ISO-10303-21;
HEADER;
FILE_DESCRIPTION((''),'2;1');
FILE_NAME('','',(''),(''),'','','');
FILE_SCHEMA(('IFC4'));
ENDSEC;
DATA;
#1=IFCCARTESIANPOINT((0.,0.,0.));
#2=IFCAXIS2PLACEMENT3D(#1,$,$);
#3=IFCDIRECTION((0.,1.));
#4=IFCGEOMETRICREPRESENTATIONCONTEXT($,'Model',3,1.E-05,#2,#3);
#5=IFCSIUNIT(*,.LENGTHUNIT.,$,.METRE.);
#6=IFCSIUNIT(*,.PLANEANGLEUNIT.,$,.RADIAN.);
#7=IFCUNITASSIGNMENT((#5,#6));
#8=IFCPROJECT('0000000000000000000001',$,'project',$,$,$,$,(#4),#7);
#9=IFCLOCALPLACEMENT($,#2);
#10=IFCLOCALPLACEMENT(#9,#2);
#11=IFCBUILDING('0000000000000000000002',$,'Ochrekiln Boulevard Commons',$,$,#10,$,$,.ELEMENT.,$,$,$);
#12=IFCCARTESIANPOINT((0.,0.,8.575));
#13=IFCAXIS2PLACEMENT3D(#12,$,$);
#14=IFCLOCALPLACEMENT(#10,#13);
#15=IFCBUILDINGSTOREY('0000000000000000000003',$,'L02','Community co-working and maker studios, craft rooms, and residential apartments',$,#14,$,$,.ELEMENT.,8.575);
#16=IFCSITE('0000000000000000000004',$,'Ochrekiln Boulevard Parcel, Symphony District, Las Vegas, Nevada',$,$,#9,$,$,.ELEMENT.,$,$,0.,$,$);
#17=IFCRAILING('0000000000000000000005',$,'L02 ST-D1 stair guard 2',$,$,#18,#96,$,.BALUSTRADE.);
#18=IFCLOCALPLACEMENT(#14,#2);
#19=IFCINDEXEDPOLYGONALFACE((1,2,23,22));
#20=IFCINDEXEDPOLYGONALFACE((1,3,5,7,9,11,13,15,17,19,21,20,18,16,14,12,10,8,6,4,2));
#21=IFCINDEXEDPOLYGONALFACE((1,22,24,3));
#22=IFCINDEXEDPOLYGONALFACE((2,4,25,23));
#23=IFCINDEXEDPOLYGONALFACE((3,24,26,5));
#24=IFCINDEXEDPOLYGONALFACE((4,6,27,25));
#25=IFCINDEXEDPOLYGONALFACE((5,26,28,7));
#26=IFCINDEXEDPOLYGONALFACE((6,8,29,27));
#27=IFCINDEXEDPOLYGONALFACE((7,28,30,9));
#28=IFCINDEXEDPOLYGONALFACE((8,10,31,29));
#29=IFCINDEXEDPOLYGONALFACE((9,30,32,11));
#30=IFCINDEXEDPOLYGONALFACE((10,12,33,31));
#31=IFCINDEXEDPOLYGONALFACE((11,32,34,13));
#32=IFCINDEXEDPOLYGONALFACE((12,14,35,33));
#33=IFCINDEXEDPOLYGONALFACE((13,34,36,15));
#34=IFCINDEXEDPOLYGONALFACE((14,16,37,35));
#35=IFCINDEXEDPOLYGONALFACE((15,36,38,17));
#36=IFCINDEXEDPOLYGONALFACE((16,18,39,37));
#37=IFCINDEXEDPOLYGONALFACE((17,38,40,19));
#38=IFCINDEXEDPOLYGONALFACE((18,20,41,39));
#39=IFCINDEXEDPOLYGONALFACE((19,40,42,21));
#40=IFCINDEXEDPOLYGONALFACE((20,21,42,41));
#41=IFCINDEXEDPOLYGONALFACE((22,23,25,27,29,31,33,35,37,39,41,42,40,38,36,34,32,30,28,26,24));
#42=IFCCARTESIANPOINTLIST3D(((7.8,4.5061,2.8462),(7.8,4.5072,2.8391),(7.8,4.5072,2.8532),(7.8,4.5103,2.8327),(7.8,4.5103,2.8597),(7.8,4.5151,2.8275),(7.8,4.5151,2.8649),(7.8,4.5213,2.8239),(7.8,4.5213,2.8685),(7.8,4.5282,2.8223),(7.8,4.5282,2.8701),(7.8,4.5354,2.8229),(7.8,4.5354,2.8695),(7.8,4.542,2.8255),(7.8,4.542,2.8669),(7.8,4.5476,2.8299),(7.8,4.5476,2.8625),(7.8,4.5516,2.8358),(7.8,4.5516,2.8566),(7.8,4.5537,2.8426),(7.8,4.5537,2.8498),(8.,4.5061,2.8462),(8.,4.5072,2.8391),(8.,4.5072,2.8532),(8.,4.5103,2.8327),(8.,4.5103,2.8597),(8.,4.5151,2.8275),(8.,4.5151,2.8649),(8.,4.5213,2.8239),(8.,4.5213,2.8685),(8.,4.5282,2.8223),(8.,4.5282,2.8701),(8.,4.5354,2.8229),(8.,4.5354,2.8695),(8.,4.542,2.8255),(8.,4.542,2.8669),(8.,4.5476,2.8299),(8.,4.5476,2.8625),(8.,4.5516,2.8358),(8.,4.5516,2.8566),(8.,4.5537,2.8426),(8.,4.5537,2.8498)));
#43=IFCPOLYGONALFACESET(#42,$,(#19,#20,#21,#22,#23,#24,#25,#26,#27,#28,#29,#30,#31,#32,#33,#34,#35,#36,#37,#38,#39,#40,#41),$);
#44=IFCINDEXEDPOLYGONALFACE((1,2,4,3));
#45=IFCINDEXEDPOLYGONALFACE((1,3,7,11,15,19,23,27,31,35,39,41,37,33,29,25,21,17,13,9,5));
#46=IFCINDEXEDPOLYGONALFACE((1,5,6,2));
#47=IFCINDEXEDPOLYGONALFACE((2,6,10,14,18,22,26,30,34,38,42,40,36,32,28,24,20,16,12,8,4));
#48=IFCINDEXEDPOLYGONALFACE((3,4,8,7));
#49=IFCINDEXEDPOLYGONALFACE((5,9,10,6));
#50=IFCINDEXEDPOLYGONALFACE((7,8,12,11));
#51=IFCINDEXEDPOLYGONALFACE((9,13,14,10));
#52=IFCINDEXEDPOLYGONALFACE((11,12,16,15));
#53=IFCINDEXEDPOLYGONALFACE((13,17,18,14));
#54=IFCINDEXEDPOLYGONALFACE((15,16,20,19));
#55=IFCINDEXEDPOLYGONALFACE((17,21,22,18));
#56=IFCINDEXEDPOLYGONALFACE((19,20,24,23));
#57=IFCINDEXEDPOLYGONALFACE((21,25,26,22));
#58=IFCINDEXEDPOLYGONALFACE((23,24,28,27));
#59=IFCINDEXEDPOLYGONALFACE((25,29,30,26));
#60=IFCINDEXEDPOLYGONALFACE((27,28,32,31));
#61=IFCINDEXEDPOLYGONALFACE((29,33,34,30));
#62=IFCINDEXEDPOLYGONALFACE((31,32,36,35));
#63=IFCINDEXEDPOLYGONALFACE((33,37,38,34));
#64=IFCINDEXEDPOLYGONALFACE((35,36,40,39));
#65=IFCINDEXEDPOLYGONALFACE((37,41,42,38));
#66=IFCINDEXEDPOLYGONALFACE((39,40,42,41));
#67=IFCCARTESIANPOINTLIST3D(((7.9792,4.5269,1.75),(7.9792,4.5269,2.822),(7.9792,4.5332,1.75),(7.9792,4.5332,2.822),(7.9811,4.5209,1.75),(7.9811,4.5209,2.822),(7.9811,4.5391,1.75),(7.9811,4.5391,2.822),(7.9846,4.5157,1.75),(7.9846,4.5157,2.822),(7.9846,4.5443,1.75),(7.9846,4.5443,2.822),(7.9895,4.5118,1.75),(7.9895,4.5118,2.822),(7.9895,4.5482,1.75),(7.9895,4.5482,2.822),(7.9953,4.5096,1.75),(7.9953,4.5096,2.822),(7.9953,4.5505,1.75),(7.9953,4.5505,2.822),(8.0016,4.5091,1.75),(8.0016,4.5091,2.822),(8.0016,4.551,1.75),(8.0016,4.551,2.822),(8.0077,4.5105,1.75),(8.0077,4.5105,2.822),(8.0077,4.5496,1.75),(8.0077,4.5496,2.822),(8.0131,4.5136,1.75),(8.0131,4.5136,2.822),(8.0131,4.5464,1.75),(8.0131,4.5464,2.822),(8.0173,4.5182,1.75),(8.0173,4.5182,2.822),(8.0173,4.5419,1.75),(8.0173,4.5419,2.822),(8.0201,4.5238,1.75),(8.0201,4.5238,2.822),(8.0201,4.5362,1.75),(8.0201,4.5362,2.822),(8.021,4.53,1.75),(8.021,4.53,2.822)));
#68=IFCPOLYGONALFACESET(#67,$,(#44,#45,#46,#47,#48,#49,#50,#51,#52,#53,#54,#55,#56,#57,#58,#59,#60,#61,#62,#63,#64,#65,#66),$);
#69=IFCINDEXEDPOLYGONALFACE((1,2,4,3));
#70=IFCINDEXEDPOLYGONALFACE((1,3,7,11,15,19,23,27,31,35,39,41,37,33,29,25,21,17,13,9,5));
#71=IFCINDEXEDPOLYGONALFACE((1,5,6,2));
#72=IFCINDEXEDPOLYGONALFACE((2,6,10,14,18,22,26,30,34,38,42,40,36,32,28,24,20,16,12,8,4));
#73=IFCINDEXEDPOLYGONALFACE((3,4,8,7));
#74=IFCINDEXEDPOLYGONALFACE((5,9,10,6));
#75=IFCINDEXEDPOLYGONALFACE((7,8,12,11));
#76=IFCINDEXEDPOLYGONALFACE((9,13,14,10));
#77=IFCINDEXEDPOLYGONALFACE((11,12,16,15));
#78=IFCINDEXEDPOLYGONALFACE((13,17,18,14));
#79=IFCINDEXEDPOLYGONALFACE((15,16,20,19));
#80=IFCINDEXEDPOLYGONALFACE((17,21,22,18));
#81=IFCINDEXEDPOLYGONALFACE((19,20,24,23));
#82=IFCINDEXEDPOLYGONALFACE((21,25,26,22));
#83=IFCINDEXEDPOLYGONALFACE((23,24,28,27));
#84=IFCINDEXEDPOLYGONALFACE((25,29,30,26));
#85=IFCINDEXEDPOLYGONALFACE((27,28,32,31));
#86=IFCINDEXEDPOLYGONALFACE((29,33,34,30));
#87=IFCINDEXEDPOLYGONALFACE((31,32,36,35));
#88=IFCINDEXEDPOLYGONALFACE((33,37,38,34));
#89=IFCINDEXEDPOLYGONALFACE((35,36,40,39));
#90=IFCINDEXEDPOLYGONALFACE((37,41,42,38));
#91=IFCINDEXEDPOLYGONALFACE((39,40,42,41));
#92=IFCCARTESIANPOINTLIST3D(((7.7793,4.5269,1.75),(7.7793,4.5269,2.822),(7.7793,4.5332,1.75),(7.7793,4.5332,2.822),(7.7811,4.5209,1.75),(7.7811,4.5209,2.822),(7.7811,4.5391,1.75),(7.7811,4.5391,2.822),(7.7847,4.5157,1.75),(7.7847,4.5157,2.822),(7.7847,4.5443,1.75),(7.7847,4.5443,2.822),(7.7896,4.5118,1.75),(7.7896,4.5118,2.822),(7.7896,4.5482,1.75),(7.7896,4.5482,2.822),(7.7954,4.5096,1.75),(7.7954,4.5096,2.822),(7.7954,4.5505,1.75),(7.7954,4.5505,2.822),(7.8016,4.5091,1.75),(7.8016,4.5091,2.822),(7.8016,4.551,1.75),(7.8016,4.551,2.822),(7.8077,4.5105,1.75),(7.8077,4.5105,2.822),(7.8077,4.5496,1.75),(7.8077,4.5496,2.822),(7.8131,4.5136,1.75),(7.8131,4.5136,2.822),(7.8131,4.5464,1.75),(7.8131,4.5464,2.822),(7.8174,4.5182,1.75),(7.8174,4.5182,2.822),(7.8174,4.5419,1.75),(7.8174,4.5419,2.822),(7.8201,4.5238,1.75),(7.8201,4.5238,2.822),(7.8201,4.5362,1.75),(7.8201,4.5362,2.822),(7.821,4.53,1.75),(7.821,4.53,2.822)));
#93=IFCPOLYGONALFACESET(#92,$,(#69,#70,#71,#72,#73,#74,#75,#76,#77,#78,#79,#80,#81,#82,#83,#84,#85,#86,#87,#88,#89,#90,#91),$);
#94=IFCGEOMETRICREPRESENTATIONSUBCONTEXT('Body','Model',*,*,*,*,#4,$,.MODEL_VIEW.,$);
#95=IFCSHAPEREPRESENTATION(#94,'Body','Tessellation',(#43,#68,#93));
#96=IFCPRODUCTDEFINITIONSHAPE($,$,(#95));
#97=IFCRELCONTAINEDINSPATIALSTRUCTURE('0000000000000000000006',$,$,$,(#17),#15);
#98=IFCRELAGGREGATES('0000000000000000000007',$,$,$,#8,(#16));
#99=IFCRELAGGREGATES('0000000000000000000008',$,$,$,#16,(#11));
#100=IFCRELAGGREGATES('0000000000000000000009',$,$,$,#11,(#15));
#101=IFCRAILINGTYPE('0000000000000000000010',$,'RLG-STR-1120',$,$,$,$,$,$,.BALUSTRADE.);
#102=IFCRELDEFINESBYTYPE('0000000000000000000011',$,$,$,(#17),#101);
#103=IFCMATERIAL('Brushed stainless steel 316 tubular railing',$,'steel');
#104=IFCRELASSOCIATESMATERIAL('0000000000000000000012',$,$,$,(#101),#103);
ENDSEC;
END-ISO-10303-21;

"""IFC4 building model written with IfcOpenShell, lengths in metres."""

from ifc_helpers import new_model, si_unit, direction, frame, origin, origin_2d, place, context, subcontext, project, spatial, circle, extrude, material, type_object, element, save


model = new_model("IFC4")

# Units and contexts
model_context = context("Model", 3, precision=1e-05, world=origin(), true_north=direction((0.0, 1.0)))
body_context = subcontext(model_context, "Body", "Model", "MODEL_VIEW")
ifc_project = project(units=[si_unit("LENGTHUNIT", "METRE"), si_unit("PLANEANGLEUNIT", "RADIAN")], contexts=[model_context])

# Site, building, storey
site_placement = place(None, origin())
site = spatial("IfcSite", under=ifc_project, at=site_placement, Name="Ochrekiln Boulevard Parcel, Symphony District, Las Vegas, Nevada", CompositionType="ELEMENT", RefElevation=0.0)
building_placement = place(site_placement, origin())
building = spatial("IfcBuilding", under=site, at=building_placement, Name="Ochrekiln Boulevard Commons", CompositionType="ELEMENT")
storey_placement = place(building_placement, frame((0.0, 0.0, 8.575)))
storey = spatial("IfcBuildingStorey", under=building, at=storey_placement, Name="L02", Description="Community co-working and maker studios, craft rooms, and residential apartments", CompositionType="ELEMENT", Elevation=8.575)

# Railing
ifc_material_1 = material(Name="Brushed stainless steel 316 tubular railing", Category="steel")
railing_type_1 = type_object("IfcRailingType", Name="RLG-STR-1120", PredefinedType="BALUSTRADE", material=ifc_material_1)
railing_1_placement = place(storey_placement, frame((8.0, 4.53, 1.75)))
element("IfcRailing", 1, at=railing_1_placement, inside=storey, type_object=railing_type_1, Name="L02 ST-D1 stair guard 2", PredefinedType="BALUSTRADE", context=body_context, shape_type="SweptSolid", body=[
    extrude(circle(Radius=0.0239, at=origin_2d()), frame((0.0, 0.0, 1.0962), z_axis=(-1.0, 0.0, 0.0), x_axis=(0.0, -1.0, 0.0)), (0.0, 0.0, 1.0), 0.2),
    extrude(circle(Radius=0.021, at=origin_2d()), origin(), (0.0, 0.0, 1.0), 1.072),
    extrude(circle(Radius=0.021, at=origin_2d()), frame((-0.2, 0.0, 0.0)), (0.0, 0.0, 1.0), 1.072),
])

save(model, "model.ifc")
